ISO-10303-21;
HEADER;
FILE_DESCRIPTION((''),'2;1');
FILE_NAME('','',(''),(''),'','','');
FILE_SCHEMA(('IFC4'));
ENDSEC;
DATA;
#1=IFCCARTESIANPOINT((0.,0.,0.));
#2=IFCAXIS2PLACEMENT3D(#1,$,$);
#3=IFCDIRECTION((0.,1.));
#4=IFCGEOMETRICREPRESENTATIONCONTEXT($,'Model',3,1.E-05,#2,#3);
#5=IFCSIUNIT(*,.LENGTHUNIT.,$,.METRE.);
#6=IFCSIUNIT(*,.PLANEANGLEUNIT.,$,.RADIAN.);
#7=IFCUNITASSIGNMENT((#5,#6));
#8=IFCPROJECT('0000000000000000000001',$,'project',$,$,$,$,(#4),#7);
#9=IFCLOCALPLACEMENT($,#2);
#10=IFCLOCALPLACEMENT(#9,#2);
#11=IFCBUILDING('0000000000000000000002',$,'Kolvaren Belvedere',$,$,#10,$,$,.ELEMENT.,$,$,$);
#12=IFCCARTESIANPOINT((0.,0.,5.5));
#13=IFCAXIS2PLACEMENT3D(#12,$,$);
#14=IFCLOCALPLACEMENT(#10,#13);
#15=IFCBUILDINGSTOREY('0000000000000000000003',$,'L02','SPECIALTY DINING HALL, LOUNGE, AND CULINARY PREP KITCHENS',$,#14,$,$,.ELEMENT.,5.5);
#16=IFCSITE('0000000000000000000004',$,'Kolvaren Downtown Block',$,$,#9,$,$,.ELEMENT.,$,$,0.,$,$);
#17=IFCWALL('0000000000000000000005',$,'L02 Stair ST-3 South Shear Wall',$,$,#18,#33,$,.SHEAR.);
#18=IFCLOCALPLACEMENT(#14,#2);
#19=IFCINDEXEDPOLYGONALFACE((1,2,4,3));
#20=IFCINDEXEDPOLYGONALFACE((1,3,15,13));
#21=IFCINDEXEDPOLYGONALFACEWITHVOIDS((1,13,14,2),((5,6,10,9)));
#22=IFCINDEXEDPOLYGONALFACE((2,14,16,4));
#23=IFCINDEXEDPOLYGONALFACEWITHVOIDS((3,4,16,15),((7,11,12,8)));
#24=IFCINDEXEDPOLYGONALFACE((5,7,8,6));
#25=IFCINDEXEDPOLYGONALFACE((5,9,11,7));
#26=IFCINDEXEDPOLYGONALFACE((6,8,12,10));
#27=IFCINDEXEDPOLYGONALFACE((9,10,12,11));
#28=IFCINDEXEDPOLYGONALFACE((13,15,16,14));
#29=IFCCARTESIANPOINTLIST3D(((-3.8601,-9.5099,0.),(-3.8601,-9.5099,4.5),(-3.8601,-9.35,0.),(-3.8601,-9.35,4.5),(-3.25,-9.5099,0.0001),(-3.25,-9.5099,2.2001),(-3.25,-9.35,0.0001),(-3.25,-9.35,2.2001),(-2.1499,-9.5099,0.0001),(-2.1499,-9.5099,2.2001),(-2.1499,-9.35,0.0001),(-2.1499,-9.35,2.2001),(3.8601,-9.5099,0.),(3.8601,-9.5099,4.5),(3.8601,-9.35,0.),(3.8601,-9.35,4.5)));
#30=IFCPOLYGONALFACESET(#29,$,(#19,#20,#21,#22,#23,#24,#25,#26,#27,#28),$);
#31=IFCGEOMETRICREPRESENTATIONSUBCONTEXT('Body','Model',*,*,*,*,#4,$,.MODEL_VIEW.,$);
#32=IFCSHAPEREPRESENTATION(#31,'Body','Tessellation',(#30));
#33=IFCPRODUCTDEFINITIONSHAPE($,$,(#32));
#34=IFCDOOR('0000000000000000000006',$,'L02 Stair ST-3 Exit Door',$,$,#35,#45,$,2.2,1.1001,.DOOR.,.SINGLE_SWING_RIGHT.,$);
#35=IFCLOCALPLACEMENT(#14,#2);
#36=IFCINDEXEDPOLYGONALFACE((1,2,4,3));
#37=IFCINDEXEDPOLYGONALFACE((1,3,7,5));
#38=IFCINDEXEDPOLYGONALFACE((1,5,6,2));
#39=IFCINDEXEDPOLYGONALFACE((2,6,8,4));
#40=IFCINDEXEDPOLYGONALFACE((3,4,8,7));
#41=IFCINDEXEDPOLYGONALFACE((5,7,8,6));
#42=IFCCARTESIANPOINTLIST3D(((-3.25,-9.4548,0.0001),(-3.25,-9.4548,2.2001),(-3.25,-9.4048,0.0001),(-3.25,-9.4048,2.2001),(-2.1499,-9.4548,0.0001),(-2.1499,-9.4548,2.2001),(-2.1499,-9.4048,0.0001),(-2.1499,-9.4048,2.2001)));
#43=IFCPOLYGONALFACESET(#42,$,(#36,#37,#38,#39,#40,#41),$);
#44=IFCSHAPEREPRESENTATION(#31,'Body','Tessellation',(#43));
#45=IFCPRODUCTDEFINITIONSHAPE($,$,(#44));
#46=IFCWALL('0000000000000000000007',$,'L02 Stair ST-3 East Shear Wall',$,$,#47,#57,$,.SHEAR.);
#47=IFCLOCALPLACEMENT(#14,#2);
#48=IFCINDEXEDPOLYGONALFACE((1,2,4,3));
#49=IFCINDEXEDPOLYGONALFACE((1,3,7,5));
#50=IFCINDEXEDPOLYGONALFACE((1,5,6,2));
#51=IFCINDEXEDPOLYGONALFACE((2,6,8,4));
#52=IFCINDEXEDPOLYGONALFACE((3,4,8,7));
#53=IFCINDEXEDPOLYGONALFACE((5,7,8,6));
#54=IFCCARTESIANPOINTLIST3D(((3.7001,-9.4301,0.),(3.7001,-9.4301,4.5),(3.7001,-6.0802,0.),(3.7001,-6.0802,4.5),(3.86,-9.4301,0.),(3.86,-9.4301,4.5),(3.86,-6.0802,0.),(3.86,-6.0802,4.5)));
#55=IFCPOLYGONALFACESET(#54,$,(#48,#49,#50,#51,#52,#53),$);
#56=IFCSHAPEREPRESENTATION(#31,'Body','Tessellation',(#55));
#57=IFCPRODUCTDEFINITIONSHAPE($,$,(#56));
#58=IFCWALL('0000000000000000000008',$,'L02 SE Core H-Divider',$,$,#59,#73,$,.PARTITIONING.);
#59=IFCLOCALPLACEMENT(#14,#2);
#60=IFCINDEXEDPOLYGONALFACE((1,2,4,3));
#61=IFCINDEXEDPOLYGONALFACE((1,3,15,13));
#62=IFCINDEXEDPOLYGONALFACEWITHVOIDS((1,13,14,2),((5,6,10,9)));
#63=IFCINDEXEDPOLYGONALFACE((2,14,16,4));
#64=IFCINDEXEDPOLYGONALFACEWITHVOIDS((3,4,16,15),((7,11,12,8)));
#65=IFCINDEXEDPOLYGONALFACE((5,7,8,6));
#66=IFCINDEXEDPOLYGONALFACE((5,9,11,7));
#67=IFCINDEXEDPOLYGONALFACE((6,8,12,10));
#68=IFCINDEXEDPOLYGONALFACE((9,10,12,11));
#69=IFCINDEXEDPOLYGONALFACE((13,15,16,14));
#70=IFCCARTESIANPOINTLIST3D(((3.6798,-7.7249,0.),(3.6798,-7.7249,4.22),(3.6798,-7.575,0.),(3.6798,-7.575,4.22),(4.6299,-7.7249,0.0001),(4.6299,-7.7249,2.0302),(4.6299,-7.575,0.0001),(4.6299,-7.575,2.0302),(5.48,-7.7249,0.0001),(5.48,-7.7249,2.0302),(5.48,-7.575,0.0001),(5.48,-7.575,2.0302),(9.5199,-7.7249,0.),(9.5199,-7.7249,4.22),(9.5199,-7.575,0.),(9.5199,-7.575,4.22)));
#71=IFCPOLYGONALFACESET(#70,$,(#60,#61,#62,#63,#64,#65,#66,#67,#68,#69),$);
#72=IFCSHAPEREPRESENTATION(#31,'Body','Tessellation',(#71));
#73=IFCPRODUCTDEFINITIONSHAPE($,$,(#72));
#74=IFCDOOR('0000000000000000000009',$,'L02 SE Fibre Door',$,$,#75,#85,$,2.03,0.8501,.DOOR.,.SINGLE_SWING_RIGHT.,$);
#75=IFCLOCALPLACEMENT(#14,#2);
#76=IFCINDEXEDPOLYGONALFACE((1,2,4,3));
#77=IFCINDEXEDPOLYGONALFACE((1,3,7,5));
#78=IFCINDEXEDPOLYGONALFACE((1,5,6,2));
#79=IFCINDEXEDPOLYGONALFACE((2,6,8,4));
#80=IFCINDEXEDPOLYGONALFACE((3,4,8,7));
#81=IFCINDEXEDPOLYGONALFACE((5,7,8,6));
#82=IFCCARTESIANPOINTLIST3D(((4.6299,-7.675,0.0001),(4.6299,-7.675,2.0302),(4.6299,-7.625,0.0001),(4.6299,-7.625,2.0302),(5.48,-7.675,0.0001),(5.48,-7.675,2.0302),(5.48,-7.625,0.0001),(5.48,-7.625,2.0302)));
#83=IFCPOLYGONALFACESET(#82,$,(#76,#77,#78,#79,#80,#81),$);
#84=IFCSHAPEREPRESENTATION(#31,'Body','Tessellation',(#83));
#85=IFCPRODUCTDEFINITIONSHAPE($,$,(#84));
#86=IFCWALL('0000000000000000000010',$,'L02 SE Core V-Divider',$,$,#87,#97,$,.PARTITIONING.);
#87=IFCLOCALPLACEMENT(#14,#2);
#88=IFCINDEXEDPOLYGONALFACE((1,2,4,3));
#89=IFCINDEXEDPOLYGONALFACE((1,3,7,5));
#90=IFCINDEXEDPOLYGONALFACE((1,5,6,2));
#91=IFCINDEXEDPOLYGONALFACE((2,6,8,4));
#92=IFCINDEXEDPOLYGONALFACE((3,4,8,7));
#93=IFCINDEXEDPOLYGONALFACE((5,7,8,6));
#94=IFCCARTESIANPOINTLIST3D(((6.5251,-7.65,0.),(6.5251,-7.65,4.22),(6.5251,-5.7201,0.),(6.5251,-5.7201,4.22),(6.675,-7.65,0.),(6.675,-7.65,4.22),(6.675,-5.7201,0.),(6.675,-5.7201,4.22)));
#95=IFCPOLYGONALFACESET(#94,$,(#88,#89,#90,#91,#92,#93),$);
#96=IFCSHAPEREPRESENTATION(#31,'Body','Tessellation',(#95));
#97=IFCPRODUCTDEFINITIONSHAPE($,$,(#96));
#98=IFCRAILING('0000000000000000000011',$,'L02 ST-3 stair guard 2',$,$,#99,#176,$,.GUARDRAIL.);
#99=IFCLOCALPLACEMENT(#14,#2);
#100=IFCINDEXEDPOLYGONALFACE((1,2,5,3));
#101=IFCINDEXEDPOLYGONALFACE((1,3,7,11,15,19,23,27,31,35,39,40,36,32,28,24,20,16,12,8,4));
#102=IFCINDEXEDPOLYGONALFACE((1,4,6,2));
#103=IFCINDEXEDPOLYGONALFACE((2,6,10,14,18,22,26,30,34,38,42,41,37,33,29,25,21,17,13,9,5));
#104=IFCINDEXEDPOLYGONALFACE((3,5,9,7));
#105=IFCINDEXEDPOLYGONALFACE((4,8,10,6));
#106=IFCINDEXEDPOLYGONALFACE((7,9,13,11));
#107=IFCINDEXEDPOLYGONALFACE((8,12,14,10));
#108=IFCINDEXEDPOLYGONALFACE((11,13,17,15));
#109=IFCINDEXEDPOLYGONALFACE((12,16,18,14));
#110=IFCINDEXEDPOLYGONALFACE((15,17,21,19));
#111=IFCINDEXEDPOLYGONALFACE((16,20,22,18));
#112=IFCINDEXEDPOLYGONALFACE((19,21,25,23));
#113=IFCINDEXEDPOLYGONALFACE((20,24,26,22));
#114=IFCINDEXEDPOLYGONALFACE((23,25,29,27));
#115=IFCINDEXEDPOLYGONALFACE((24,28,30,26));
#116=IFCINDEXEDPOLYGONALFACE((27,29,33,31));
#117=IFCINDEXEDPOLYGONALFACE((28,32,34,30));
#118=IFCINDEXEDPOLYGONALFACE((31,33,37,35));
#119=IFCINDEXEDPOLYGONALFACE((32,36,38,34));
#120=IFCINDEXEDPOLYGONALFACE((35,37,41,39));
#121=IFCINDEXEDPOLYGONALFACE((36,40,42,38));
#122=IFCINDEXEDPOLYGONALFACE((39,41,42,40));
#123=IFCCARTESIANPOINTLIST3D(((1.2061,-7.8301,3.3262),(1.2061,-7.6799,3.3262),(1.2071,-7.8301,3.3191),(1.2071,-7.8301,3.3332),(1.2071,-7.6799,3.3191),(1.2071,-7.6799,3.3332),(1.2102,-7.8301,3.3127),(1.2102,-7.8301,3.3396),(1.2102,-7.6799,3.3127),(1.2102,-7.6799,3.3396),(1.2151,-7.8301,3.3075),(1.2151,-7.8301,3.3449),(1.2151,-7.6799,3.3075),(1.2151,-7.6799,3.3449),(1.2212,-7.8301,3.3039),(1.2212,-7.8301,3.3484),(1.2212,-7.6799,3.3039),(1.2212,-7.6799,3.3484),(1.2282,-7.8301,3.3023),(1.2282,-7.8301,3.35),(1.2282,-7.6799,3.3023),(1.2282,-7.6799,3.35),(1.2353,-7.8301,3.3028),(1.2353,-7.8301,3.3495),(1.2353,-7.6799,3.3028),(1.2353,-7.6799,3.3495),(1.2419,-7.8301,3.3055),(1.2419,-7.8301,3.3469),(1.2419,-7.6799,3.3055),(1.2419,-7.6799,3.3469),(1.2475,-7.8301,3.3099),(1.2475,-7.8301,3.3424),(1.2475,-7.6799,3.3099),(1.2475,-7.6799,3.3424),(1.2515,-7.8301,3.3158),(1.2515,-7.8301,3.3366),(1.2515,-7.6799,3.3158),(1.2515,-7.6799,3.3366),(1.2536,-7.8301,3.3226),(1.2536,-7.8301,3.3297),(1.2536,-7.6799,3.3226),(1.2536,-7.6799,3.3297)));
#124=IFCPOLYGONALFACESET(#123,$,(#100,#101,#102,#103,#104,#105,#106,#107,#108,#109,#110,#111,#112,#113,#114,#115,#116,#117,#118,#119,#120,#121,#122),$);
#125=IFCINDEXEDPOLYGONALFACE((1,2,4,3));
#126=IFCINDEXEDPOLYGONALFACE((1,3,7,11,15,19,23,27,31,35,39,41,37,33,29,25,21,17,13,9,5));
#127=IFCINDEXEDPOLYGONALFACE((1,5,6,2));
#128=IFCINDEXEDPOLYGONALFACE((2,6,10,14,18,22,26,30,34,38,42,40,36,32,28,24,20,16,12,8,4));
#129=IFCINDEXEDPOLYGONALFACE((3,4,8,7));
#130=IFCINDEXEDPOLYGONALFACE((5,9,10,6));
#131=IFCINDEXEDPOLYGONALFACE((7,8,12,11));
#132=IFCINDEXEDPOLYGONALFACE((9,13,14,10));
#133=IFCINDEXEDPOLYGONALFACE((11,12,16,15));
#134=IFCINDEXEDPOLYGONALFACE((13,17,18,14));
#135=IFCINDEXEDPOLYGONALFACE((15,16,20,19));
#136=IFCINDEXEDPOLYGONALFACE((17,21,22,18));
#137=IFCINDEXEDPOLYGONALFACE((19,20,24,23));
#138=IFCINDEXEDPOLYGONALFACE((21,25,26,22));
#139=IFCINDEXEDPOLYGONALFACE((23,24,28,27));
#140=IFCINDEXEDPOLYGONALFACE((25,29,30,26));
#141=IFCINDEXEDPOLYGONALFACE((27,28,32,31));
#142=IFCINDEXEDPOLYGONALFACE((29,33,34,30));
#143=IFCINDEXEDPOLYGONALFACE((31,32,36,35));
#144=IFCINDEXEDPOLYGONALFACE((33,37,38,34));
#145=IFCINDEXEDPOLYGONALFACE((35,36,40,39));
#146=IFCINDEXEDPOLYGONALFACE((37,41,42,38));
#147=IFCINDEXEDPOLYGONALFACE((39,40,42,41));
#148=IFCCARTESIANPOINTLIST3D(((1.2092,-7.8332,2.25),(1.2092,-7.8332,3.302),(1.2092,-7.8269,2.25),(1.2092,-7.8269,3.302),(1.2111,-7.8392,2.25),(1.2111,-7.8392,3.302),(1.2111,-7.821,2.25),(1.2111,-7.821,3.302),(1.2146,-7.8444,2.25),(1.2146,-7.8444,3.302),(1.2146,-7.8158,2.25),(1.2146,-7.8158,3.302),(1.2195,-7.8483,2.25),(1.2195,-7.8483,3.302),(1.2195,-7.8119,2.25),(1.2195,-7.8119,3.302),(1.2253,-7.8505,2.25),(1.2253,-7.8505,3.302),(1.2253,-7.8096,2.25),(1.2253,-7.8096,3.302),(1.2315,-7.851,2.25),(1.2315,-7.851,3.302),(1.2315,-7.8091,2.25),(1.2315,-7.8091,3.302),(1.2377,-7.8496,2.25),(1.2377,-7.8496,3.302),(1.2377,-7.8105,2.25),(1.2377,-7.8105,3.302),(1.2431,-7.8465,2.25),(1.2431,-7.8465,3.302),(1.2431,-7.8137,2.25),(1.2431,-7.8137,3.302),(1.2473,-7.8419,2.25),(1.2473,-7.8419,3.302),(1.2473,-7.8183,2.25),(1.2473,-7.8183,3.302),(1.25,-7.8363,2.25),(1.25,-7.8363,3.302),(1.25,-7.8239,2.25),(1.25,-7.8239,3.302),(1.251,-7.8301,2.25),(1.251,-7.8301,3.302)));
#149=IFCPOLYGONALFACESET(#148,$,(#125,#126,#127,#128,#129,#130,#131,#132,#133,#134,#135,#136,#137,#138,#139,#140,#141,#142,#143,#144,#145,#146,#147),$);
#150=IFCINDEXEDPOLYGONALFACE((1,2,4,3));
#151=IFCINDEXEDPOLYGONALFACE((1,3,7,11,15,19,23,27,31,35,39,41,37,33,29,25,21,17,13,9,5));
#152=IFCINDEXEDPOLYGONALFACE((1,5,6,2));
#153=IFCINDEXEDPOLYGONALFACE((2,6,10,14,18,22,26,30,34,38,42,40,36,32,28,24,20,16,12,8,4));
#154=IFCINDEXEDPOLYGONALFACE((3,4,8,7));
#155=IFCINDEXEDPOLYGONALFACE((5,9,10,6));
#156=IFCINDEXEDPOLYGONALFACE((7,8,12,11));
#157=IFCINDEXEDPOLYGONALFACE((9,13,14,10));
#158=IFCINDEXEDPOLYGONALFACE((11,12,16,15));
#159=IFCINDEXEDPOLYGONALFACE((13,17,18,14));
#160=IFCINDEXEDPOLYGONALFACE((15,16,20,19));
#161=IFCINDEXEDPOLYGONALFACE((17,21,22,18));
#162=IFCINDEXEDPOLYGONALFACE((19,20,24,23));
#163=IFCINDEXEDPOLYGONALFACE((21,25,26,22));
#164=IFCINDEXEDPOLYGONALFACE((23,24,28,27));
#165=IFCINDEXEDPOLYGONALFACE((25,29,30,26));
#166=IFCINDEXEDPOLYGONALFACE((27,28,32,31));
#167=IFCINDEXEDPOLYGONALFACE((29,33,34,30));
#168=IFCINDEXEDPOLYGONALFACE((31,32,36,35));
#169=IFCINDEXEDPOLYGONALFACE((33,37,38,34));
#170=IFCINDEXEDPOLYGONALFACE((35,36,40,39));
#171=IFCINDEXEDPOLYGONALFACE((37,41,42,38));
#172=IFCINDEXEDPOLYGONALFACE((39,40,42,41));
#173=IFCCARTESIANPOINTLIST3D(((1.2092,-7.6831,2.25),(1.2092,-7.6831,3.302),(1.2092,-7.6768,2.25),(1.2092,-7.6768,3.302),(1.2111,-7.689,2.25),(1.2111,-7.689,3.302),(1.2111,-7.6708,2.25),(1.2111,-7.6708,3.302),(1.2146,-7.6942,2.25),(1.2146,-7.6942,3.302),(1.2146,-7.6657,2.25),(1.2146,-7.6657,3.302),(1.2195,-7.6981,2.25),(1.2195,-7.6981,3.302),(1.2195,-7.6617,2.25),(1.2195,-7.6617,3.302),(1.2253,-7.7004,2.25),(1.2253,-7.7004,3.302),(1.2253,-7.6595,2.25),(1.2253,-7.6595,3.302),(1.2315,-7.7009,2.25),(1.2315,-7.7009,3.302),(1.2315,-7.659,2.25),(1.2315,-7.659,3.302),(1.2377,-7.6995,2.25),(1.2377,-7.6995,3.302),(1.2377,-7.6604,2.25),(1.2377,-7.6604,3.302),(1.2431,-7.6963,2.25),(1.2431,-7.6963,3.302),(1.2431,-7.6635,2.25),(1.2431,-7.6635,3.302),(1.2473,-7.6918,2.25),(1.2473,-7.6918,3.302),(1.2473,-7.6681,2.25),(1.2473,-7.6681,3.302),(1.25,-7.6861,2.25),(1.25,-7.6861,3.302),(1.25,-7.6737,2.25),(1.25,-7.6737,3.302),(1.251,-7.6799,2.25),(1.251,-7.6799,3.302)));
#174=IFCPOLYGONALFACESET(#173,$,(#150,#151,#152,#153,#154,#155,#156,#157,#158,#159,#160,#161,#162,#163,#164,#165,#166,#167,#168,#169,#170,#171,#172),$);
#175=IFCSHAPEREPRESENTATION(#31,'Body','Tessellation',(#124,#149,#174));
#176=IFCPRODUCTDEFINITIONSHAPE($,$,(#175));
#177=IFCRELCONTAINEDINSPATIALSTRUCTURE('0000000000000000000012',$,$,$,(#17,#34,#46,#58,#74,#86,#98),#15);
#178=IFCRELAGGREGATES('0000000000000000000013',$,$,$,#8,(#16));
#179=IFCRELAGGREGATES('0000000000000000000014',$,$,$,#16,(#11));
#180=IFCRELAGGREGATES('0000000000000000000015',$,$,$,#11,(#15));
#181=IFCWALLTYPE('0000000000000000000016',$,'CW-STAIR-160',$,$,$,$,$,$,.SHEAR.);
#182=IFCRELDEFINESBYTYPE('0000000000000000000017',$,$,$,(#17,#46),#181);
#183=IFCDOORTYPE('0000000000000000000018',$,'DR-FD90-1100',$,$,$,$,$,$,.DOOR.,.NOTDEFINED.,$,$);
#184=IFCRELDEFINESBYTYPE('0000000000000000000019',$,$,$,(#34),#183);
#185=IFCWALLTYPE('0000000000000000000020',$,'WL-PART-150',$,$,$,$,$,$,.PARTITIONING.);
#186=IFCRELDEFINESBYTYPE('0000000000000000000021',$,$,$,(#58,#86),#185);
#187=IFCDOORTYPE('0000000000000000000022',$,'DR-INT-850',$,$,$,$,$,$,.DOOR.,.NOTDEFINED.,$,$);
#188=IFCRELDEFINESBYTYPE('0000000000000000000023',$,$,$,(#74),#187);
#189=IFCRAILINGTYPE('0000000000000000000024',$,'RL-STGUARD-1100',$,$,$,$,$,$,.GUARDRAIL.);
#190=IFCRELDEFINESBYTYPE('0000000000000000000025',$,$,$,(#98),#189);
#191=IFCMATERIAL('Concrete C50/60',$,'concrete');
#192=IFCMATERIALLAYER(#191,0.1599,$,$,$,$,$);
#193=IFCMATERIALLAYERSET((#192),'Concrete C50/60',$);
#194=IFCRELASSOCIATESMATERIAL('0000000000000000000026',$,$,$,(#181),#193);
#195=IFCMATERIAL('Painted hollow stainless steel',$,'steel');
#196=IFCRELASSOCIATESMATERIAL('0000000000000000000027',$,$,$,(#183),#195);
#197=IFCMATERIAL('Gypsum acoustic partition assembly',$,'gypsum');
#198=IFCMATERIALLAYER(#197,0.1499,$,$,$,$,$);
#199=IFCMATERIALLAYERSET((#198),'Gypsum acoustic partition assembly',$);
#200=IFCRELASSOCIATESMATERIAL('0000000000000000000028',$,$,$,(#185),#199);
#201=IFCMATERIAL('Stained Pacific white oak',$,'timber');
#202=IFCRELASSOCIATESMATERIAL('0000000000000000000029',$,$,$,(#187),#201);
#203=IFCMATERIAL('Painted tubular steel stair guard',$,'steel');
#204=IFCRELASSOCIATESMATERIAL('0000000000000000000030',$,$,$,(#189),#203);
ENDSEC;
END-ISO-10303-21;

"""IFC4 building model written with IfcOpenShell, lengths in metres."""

from ifc_helpers import new_model, si_unit, direction, frame, frame_2d, origin, origin_2d, place, context, subcontext, project, spatial, rectangle, circle, extrude, material, layer, layer_set, type_object, element, fill, save


model = new_model("IFC4")

# Units and contexts
model_context = context("Model", 3, precision=1e-05, world=origin(), true_north=direction((0.0, 1.0)))
body_context = subcontext(model_context, "Body", "Model", "MODEL_VIEW")
ifc_project = project(units=[si_unit("LENGTHUNIT", "METRE"), si_unit("PLANEANGLEUNIT", "RADIAN")], contexts=[model_context])

# Site, building, storey
site_placement = place(None, origin())
site = spatial("IfcSite", under=ifc_project, at=site_placement, Name="Kolvaren Downtown Block", CompositionType="ELEMENT", RefElevation=0.0)
building_placement = place(site_placement, origin())
building = spatial("IfcBuilding", under=site, at=building_placement, Name="Kolvaren Belvedere", CompositionType="ELEMENT")
storey_placement = place(building_placement, frame((0.0, 0.0, 5.5)))
storey = spatial("IfcBuildingStorey", under=building, at=storey_placement, Name="L02", Description="SPECIALTY DINING HALL, LOUNGE, AND CULINARY PREP KITCHENS", CompositionType="ELEMENT", Elevation=5.5)

# Wall, opening, door
ifc_material_1 = material(Name="Concrete C50/60", Category="concrete")
ifc_layer_1 = layer(ifc_material_1, 0.1599)
ifc_layer_set_1 = layer_set([ifc_layer_1], Name="Concrete C50/60")
wall_type_1 = type_object("IfcWallType", Name="CW-STAIR-160", PredefinedType="SHEAR", material=ifc_layer_set_1)
wall_1_placement = place(storey_placement, frame((3.8601, -9.4299, 0.0), z_axis=(0.0, 0.0, 1.0), x_axis=(-1.0, 0.0, 0.0)))
wall_1 = element("IfcWall", 1, at=wall_1_placement, inside=storey, type_object=wall_type_1, Name="L02 Stair ST-3 South Shear Wall", PredefinedType="SHEAR", context=body_context, shape_type="SweptSolid", body=[
    extrude(rectangle(XDim=7.7202, YDim=0.1599, at=frame_2d((3.8601, 0.0))), origin(), (0.0, 0.0, 1.0), 4.5),
])
opening_1_placement = place(wall_1_placement, frame((6.01, 0.0, 0.0)))
opening_1 = element("IfcOpeningElement", 2, at=opening_1_placement, cuts=wall_1, PredefinedType="OPENING", context=body_context, shape_type="SweptSolid", body=[
    extrude(rectangle(XDim=1.1001, YDim=2.2, at=frame_2d((0.55, 1.1001))), frame((0.0, 0.0898, 0.0), z_axis=(0.0, -1.0, 0.0), x_axis=(1.0, 0.0, 0.0)), (0.0, 0.0, 1.0), 0.1799),
])
ifc_material_2 = material(Name="Painted hollow stainless steel", Category="steel")
door_type_1 = type_object("IfcDoorType", Name="DR-FD90-1100", OperationType="NOTDEFINED", PredefinedType="DOOR", material=ifc_material_2)
door_1_placement = place(opening_1_placement, origin())
door_1 = element("IfcDoor", 3, at=door_1_placement, inside=storey, type_object=door_type_1, Name="L02 Stair ST-3 Exit Door", OperationType="SINGLE_SWING_RIGHT", OverallHeight=2.2, OverallWidth=1.1001, PredefinedType="DOOR", context=body_context, shape_type="SweptSolid", body=[
    extrude(rectangle(XDim=1.1001, YDim=2.2, at=frame_2d((0.55, 1.1001))), frame((0.0, 0.0249, 0.0), z_axis=(0.0, -1.0, 0.0), x_axis=(1.0, 0.0, 0.0)), (0.0, 0.0, 1.0), 0.05),
])
fill(opening_1, door_1)

# Wall
wall_2_placement = place(storey_placement, frame((3.78, -9.4299, 0.0), z_axis=(0.0, 0.0, 1.0), x_axis=(0.0, 1.0, 0.0)))
element("IfcWall", 4, at=wall_2_placement, inside=storey, type_object=wall_type_1, Name="L02 Stair ST-3 East Shear Wall", PredefinedType="SHEAR", context=body_context, shape_type="SweptSolid", body=[
    extrude(rectangle(XDim=3.3499, YDim=0.1599, at=frame_2d((1.6748, 0.0))), origin(), (0.0, 0.0, 1.0), 4.5),
])

# Wall, opening, door
ifc_material_3 = material(Name="Gypsum acoustic partition assembly", Category="gypsum")
ifc_layer_2 = layer(ifc_material_3, 0.1499)
ifc_layer_set_2 = layer_set([ifc_layer_2], Name="Gypsum acoustic partition assembly")
wall_type_2 = type_object("IfcWallType", Name="WL-PART-150", PredefinedType="PARTITIONING", material=ifc_layer_set_2)
wall_3_placement = place(storey_placement, frame((3.6799, -7.6499, 0.0), z_axis=(0.0, 0.0, 1.0), x_axis=(1.0, 0.0, 0.0)))
wall_3 = element("IfcWall", 5, at=wall_3_placement, inside=storey, type_object=wall_type_2, Name="L02 SE Core H-Divider", PredefinedType="PARTITIONING", context=body_context, shape_type="SweptSolid", body=[
    extrude(rectangle(XDim=5.8401, YDim=0.1499, at=frame_2d((2.9199, 0.0))), origin(), (0.0, 0.0, 1.0), 4.22),
])
opening_2_placement = place(wall_3_placement, frame((0.95, 0.0, 0.0)))
opening_2 = element("IfcOpeningElement", 6, at=opening_2_placement, cuts=wall_3, PredefinedType="OPENING", context=body_context, shape_type="SweptSolid", body=[
    extrude(rectangle(XDim=0.8501, YDim=2.03, at=frame_2d((0.425, 1.0151))), frame((0.0, 0.085, 0.0), z_axis=(0.0, -1.0, 0.0), x_axis=(1.0, 0.0, 0.0)), (0.0, 0.0, 1.0), 0.1699),
])
ifc_material_4 = material(Name="Stained Pacific white oak", Category="timber")
door_type_2 = type_object("IfcDoorType", Name="DR-INT-850", OperationType="NOTDEFINED", PredefinedType="DOOR", material=ifc_material_4)
door_2_placement = place(opening_2_placement, origin())
door_2 = element("IfcDoor", 7, at=door_2_placement, inside=storey, type_object=door_type_2, Name="L02 SE Fibre Door", OperationType="SINGLE_SWING_RIGHT", OverallHeight=2.03, OverallWidth=0.8501, PredefinedType="DOOR", context=body_context, shape_type="SweptSolid", body=[
    extrude(rectangle(XDim=0.8501, YDim=2.03, at=frame_2d((0.425, 1.0151))), frame((0.0, 0.0249, 0.0), z_axis=(0.0, -1.0, 0.0), x_axis=(1.0, 0.0, 0.0)), (0.0, 0.0, 1.0), 0.05),
])
fill(opening_2, door_2)

# Wall
wall_4_placement = place(storey_placement, frame((6.6001, -7.6499, 0.0), z_axis=(0.0, 0.0, 1.0), x_axis=(0.0, 1.0, 0.0)))
element("IfcWall", 8, at=wall_4_placement, inside=storey, type_object=wall_type_2, Name="L02 SE Core V-Divider", PredefinedType="PARTITIONING", context=body_context, shape_type="SweptSolid", body=[
    extrude(rectangle(XDim=1.9299, YDim=0.1499, at=frame_2d((0.9648, 0.0))), origin(), (0.0, 0.0, 1.0), 4.22),
])

# Railing
ifc_material_5 = material(Name="Painted tubular steel stair guard", Category="steel")
railing_type = type_object("IfcRailingType", Name="RL-STGUARD-1100", PredefinedType="GUARDRAIL", material=ifc_material_5)
railing_placement = place(storey_placement, frame((1.23, -7.8301, 2.25)))
element("IfcRailing", 9, at=railing_placement, inside=storey, type_object=railing_type, Name="L02 ST-3 stair guard 2", PredefinedType="GUARDRAIL", context=body_context, shape_type="SweptSolid", body=[
    extrude(circle(Radius=0.0239, at=origin_2d()), frame((0.0, 0.0, 1.0762), z_axis=(0.0, 1.0, 0.0), x_axis=(-1.0, 0.0, 0.0)), (0.0, 0.0, 1.0), 0.1501),
    extrude(circle(Radius=0.021, at=origin_2d()), origin(), (0.0, 0.0, 1.0), 1.052),
    extrude(circle(Radius=0.021, at=origin_2d()), frame((0.0, 0.1501, 0.0)), (0.0, 0.0, 1.0), 1.052),
])

save(model, "model.ifc")
